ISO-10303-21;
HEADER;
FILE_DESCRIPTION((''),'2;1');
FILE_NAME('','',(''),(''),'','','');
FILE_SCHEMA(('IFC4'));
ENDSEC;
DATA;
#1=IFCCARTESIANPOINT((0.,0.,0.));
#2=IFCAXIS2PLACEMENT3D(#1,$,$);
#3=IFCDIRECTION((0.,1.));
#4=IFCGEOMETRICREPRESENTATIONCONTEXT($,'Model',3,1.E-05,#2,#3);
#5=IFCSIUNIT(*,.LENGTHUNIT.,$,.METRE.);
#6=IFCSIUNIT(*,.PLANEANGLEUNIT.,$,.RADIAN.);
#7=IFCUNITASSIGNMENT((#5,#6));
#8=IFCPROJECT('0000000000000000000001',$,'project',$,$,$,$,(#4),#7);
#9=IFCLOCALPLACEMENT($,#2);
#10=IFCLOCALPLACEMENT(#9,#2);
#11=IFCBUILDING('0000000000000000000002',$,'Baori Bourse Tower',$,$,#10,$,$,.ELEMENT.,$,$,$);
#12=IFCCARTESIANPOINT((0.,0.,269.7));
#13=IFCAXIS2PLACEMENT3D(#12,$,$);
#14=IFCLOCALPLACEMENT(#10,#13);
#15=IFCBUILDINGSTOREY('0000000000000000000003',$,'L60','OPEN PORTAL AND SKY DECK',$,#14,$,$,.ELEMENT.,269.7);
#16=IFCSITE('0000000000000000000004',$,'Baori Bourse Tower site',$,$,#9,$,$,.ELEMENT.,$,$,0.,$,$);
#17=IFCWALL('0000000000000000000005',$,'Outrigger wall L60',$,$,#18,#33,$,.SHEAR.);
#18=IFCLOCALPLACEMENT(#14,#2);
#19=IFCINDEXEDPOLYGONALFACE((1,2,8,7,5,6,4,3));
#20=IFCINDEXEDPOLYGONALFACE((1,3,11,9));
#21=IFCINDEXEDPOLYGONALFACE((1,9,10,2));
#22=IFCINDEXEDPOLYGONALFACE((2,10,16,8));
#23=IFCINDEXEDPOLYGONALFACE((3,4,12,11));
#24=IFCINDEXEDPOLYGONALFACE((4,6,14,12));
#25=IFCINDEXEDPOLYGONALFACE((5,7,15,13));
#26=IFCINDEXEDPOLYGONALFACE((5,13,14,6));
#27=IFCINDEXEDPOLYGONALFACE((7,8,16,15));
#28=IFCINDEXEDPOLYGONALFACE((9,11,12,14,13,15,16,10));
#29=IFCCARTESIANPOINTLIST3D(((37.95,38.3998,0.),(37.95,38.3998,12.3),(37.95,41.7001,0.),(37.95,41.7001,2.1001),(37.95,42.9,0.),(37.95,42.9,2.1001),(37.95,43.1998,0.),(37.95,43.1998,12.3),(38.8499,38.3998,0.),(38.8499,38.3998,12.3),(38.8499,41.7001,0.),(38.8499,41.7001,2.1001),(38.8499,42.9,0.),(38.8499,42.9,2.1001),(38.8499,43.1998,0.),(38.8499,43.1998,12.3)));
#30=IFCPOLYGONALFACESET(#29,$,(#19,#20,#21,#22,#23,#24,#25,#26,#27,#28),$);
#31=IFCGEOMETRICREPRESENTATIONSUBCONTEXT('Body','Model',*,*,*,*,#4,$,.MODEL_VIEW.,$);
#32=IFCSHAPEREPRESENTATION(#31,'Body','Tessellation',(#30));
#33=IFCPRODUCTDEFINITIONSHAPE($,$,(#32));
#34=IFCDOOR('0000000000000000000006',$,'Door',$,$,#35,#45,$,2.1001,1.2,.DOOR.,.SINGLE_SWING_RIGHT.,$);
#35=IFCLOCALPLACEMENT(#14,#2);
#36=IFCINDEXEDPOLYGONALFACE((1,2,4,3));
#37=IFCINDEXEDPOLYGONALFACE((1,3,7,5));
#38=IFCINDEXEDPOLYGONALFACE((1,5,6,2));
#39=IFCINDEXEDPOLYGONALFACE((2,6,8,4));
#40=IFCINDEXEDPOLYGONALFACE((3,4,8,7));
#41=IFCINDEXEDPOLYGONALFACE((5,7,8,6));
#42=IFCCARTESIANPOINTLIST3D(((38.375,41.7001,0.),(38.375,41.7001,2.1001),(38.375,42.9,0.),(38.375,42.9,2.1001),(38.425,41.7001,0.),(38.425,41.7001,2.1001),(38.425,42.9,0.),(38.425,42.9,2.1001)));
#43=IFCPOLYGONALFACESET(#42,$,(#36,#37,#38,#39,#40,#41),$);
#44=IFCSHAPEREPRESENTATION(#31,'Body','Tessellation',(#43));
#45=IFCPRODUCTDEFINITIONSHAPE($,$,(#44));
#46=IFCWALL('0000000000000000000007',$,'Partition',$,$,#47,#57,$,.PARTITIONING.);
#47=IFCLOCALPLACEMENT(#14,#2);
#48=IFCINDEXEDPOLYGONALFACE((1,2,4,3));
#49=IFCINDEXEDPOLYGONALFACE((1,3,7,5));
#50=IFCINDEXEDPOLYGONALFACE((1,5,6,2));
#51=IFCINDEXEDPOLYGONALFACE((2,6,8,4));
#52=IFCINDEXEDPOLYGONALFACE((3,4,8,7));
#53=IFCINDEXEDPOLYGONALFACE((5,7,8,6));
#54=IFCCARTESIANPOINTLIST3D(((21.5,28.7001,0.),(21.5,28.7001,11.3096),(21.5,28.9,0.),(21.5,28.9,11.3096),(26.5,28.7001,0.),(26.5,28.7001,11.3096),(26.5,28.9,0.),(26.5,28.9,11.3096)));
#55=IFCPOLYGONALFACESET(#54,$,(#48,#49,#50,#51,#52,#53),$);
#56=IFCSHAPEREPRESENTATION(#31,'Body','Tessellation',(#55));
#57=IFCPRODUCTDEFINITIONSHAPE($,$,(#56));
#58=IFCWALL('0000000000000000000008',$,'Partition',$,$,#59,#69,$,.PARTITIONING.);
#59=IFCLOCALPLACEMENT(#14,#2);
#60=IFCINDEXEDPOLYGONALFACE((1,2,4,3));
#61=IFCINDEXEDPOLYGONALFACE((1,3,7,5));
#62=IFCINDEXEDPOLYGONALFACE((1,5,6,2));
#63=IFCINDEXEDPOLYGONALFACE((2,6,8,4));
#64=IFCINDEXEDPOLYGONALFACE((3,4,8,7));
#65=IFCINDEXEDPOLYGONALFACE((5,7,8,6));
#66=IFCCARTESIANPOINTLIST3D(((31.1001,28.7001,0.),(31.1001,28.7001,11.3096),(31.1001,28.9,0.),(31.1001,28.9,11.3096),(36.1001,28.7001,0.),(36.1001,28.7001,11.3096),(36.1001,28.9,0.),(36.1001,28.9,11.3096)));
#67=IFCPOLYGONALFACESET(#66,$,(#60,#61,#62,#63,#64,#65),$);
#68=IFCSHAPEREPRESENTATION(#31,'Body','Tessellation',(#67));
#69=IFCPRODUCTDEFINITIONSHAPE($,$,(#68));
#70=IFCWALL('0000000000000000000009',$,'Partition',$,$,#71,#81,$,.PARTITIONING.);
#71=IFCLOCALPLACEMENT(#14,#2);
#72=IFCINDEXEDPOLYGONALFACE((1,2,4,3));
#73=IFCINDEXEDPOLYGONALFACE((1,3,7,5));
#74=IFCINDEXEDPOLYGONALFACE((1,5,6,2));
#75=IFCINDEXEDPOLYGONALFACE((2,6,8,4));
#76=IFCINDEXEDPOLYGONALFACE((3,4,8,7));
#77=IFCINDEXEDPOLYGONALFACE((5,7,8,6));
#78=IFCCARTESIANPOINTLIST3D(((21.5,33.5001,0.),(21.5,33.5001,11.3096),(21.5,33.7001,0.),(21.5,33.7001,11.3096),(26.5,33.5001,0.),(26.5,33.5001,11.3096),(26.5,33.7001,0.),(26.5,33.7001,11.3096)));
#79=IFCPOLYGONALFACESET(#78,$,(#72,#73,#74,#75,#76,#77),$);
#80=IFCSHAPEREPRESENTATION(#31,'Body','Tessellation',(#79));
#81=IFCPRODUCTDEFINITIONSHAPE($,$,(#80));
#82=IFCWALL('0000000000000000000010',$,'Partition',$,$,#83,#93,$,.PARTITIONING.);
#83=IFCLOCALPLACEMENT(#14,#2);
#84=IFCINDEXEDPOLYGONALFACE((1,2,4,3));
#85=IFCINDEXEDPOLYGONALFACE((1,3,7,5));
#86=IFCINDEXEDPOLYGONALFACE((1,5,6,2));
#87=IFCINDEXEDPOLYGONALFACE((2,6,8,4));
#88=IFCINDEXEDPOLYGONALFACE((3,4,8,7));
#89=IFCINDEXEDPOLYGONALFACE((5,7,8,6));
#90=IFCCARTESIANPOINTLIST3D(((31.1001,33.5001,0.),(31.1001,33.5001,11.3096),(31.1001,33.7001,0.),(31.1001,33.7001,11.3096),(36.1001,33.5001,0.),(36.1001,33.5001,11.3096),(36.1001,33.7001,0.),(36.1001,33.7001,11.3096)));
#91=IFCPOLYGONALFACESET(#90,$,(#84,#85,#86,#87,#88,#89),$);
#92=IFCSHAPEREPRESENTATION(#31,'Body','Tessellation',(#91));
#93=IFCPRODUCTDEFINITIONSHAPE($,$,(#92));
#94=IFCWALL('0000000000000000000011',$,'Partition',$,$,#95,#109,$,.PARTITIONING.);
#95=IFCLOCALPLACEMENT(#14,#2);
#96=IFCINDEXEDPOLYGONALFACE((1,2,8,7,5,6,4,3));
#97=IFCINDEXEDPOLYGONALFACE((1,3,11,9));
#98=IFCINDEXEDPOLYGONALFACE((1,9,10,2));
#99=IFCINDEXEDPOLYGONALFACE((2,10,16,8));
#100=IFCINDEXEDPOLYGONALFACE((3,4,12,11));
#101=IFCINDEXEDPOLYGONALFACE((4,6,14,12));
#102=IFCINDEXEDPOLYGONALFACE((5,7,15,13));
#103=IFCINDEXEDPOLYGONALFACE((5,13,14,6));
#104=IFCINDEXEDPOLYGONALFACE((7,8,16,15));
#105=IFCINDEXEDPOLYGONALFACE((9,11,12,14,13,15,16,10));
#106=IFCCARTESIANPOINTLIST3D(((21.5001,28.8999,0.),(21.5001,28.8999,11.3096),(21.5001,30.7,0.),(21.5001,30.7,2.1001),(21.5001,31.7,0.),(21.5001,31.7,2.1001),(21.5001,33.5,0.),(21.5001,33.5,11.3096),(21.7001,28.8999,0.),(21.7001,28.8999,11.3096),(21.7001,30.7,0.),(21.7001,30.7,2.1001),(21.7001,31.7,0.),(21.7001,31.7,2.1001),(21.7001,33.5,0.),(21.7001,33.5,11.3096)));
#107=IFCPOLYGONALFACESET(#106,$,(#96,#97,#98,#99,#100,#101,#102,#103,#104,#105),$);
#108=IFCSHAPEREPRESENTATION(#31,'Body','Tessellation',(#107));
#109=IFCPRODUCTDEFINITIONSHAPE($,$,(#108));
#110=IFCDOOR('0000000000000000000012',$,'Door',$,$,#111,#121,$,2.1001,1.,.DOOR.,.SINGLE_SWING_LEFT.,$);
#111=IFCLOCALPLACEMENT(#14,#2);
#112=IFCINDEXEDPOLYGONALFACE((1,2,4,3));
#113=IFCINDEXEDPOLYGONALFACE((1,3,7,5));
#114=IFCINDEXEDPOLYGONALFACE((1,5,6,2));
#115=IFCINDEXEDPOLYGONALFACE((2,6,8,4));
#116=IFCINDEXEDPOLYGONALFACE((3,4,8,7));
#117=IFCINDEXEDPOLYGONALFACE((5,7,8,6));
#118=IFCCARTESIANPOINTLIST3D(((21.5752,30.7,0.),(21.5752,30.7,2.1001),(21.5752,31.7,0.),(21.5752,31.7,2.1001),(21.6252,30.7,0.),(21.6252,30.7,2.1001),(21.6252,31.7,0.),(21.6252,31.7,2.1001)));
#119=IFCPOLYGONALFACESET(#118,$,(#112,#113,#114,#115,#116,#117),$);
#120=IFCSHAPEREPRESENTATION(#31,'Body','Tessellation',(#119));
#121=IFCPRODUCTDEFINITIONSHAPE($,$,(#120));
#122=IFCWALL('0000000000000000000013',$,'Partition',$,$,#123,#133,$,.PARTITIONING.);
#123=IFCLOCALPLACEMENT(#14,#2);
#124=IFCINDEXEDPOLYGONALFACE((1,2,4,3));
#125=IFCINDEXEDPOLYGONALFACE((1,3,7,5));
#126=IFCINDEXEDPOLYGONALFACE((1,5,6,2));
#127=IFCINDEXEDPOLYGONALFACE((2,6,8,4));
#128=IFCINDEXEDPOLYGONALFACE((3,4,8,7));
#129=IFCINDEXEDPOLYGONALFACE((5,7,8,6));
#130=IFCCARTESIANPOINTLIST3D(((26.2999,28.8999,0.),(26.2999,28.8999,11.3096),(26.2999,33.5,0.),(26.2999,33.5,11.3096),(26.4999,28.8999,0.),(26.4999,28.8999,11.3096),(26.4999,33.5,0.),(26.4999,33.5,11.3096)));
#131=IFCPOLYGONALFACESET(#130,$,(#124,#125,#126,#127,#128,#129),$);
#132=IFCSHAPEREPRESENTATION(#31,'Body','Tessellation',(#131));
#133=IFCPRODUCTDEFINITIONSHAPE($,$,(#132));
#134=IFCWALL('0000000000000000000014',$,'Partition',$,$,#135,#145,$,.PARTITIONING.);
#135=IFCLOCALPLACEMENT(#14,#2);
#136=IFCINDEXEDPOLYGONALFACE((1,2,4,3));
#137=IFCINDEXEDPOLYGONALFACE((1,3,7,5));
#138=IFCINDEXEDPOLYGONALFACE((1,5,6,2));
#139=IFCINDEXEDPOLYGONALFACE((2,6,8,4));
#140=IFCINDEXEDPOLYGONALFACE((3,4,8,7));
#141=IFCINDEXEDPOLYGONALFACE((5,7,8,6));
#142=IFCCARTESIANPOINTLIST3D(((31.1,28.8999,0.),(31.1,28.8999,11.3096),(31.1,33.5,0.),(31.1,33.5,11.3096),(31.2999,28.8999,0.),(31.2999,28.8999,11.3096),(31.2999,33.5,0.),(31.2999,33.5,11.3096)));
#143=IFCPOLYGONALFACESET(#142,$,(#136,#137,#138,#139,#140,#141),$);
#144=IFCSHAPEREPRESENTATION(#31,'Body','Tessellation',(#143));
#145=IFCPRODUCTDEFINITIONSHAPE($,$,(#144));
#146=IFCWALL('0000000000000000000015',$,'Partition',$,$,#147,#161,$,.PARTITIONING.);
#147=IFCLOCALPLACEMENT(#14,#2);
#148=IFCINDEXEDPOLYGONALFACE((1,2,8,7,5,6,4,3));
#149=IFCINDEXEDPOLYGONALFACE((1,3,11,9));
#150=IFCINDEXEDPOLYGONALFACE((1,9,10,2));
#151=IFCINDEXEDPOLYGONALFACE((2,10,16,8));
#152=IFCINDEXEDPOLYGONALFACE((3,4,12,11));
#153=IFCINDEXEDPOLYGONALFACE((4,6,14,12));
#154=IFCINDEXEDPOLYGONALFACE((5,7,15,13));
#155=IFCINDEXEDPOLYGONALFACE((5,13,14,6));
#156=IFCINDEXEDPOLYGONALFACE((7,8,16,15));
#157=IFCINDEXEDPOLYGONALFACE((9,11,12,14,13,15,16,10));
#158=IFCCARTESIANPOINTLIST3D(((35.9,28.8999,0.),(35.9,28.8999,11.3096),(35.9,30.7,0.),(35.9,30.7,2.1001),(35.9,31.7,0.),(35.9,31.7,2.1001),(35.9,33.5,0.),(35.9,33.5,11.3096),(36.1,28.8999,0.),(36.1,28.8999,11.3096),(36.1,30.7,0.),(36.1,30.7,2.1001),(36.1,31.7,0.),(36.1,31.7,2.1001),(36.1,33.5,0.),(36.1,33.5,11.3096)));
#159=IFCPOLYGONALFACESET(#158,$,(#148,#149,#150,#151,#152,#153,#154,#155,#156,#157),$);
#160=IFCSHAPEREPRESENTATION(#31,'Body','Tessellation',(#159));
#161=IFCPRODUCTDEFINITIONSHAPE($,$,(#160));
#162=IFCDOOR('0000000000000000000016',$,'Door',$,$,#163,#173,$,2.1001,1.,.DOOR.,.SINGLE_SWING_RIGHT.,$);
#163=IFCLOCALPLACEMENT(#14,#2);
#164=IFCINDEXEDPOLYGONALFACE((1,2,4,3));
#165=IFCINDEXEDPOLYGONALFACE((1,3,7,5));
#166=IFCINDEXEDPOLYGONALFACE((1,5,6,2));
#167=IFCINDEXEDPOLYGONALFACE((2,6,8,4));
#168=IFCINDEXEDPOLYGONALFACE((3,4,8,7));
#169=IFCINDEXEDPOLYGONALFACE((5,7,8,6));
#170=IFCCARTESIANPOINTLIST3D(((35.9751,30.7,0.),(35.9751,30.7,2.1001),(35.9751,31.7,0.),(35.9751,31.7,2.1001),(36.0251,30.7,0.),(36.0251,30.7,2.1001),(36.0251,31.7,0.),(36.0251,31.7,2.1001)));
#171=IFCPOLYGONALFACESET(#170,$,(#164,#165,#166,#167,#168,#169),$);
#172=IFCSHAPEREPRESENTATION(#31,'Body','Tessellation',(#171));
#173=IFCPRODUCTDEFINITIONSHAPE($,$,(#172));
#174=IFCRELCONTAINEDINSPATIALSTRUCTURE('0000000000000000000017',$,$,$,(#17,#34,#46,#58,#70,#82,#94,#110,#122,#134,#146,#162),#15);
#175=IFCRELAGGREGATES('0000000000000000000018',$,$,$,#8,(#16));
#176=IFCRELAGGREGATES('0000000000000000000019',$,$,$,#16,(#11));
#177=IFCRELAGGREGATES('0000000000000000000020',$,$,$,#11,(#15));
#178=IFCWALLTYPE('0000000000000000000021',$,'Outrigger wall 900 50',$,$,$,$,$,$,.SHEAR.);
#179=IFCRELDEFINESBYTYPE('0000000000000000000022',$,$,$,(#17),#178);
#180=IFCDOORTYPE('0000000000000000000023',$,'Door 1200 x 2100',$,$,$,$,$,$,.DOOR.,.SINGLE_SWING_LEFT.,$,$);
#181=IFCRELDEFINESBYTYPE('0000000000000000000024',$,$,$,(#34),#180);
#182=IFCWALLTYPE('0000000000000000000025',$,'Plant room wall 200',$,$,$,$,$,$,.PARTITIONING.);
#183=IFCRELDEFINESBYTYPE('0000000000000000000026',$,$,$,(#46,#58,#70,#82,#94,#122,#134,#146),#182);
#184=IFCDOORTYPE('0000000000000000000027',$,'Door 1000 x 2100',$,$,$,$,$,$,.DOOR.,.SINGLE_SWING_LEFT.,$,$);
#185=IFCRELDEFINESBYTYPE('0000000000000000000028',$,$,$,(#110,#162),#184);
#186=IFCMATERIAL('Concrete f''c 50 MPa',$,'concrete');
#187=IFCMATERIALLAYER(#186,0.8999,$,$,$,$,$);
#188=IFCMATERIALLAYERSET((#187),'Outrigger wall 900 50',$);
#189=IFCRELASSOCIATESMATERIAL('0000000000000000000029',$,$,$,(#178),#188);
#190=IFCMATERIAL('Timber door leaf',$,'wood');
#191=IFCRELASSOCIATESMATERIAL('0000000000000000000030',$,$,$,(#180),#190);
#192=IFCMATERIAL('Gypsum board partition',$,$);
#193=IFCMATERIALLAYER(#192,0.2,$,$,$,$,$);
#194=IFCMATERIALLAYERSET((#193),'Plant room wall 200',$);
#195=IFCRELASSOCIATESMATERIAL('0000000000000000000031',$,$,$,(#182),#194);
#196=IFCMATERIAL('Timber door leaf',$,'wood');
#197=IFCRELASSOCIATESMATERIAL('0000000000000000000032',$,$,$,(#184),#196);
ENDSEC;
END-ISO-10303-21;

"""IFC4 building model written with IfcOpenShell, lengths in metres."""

from ifc_helpers import new_model, si_unit, direction, frame, frame_2d, origin, place, context, subcontext, project, spatial, rectangle, extrude, material, layer, layer_set, type_object, element, fill, save


model = new_model("IFC4")

# Units and contexts
model_context = context("Model", 3, precision=1e-05, world=origin(), true_north=direction((0.0, 1.0)))
body_context = subcontext(model_context, "Body", "Model", "MODEL_VIEW")
ifc_project = project(units=[si_unit("LENGTHUNIT", "METRE"), si_unit("PLANEANGLEUNIT", "RADIAN")], contexts=[model_context])

# Site, building, storey
site_placement = place(None, origin())
site = spatial("IfcSite", under=ifc_project, at=site_placement, Name="Baori Bourse Tower site", CompositionType="ELEMENT", RefElevation=0.0)
building_placement = place(site_placement, origin())
building = spatial("IfcBuilding", under=site, at=building_placement, Name="Baori Bourse Tower", CompositionType="ELEMENT")
storey_placement = place(building_placement, frame((0.0, 0.0, 269.7)))
storey = spatial("IfcBuildingStorey", under=building, at=storey_placement, Name="L60", Description="OPEN PORTAL AND SKY DECK", CompositionType="ELEMENT", Elevation=269.7)

# Wall, opening, door
ifc_material_1 = material(Name="Concrete f'c 50 MPa", Category="concrete")
ifc_layer_1 = layer(ifc_material_1, 0.8999)
ifc_layer_set_1 = layer_set([ifc_layer_1], Name="Outrigger wall 900 50")
wall_type_1 = type_object("IfcWallType", Name="Outrigger wall 900 50", PredefinedType="SHEAR", material=ifc_layer_set_1)
ifc_material_2 = material(Name="Timber door leaf", Category="wood")
door_type_1 = type_object("IfcDoorType", Name="Door 1200 x 2100", OperationType="SINGLE_SWING_LEFT", PredefinedType="DOOR", material=ifc_material_2)
wall_1_placement = place(storey_placement, frame((38.3999, 38.3999, 0.0), z_axis=(0.0, 0.0, 1.0), x_axis=(0.0, 1.0, 0.0)))
wall_1 = element("IfcWall", 1, at=wall_1_placement, inside=storey, type_object=wall_type_1, Name="Outrigger wall L60", PredefinedType="SHEAR", context=body_context, shape_type="SweptSolid", body=[
    extrude(rectangle(XDim=4.8, YDim=0.8999, at=frame_2d((2.3999, 0.0))), origin(), (0.0, 0.0, 1.0), 12.3),
])
opening_1_placement = place(wall_1_placement, frame((3.3, 0.0, 0.0)))
opening_1 = element("IfcOpeningElement", 2, at=opening_1_placement, cuts=wall_1, PredefinedType="OPENING", context=body_context, shape_type="SweptSolid", body=[
    extrude(rectangle(XDim=1.2, YDim=2.1001, at=frame_2d((0.6001, 1.05))), frame((0.0, 0.46, 0.0), z_axis=(0.0, -1.0, 0.0), x_axis=(1.0, 0.0, 0.0)), (0.0, 0.0, 1.0), 0.9199),
])
door_1_placement = place(opening_1_placement, origin())
door_1 = element("IfcDoor", 3, at=door_1_placement, inside=storey, type_object=door_type_1, Name="Door", OperationType="SINGLE_SWING_RIGHT", OverallHeight=2.1001, OverallWidth=1.2, PredefinedType="DOOR", context=body_context, shape_type="SweptSolid", body=[
    extrude(rectangle(XDim=1.2, YDim=2.1001, at=frame_2d((0.6001, 1.05))), frame((0.0, 0.0249, 0.0), z_axis=(0.0, -1.0, 0.0), x_axis=(1.0, 0.0, 0.0)), (0.0, 0.0, 1.0), 0.05),
])
fill(opening_1, door_1)

# Walls
ifc_material_3 = material(Name="Gypsum board partition")
ifc_layer_2 = layer(ifc_material_3, 0.2)
ifc_layer_set_2 = layer_set([ifc_layer_2], Name="Plant room wall 200")
wall_type_2 = type_object("IfcWallType", Name="Plant room wall 200", PredefinedType="PARTITIONING", material=ifc_layer_set_2)
for number, where, z_axis, x_axis, name in (
    (4, (21.5, 28.8, 0.0), (0.0, 0.0, 1.0), (1.0, 0.0, 0.0), "Partition"),
    (5, (31.1001, 28.8, 0.0), (0.0, 0.0, 1.0), (1.0, 0.0, 0.0), "Partition"),
    (6, (21.5, 33.6001, 0.0), (0.0, 0.0, 1.0), (1.0, 0.0, 0.0), "Partition"),
    (7, (31.1001, 33.6001, 0.0), (0.0, 0.0, 1.0), (1.0, 0.0, 0.0), "Partition"),
):
    element("IfcWall", number, at=place(storey_placement, frame(where, z_axis=z_axis, x_axis=x_axis)), inside=storey, type_object=wall_type_2, Name=name, PredefinedType="PARTITIONING", context=body_context, shape_type="SweptSolid", body=[
        extrude(rectangle(XDim=5.0, YDim=0.2, at=frame_2d((2.5, 0.0))), origin(), (0.0, 0.0, 1.0), 11.3096),
    ])

# Wall, opening, door
wall_2_placement = place(storey_placement, frame((21.6001, 28.8999, 0.0), z_axis=(0.0, 0.0, 1.0), x_axis=(0.0, 1.0, 0.0)))
wall_2 = element("IfcWall", 8, at=wall_2_placement, inside=storey, type_object=wall_type_2, Name="Partition", PredefinedType="PARTITIONING", context=body_context, shape_type="SweptSolid", body=[
    extrude(rectangle(XDim=4.6001, YDim=0.2, at=frame_2d((2.3, 0.0))), origin(), (0.0, 0.0, 1.0), 11.3096),
])
opening_2_placement = place(wall_2_placement, frame((1.8, 0.0, 0.0)))
opening_2 = element("IfcOpeningElement", 9, at=opening_2_placement, cuts=wall_2, PredefinedType="OPENING", context=body_context, shape_type="SweptSolid", body=[
    extrude(rectangle(XDim=1.0, YDim=2.1001, at=frame_2d((0.5, 1.05))), frame((0.0, 0.1099, 0.0), z_axis=(0.0, -1.0, 0.0), x_axis=(1.0, 0.0, 0.0)), (0.0, 0.0, 1.0), 0.22),
])
ifc_material_4 = material(Name="Timber door leaf", Category="wood")
door_type_2 = type_object("IfcDoorType", Name="Door 1000 x 2100", OperationType="SINGLE_SWING_LEFT", PredefinedType="DOOR", material=ifc_material_4)
door_2_placement = place(opening_2_placement, origin())
door_2 = element("IfcDoor", 10, at=door_2_placement, inside=storey, type_object=door_type_2, Name="Door", OperationType="SINGLE_SWING_LEFT", OverallHeight=2.1001, OverallWidth=1.0, PredefinedType="DOOR", context=body_context, shape_type="SweptSolid", body=[
    extrude(rectangle(XDim=1.0, YDim=2.1001, at=frame_2d((0.5, 1.05))), frame((0.0, 0.0249, 0.0), z_axis=(0.0, -1.0, 0.0), x_axis=(1.0, 0.0, 0.0)), (0.0, 0.0, 1.0), 0.05),
])
fill(opening_2, door_2)

# Walls
for number, where, z_axis, x_axis, name in (
    (11, (26.3999, 28.8999, 0.0), (0.0, 0.0, 1.0), (0.0, 1.0, 0.0), "Partition"),
    (12, (31.2, 28.8999, 0.0), (0.0, 0.0, 1.0), (0.0, 1.0, 0.0), "Partition"),
):
    element("IfcWall", number, at=place(storey_placement, frame(where, z_axis=z_axis, x_axis=x_axis)), inside=storey, type_object=wall_type_2, Name=name, PredefinedType="PARTITIONING", context=body_context, shape_type="SweptSolid", body=[
        extrude(rectangle(XDim=4.6001, YDim=0.2, at=frame_2d((2.3, 0.0))), origin(), (0.0, 0.0, 1.0), 11.3096),
    ])

# Wall, opening, door
wall_3_placement = place(storey_placement, frame((36.0, 28.8999, 0.0), z_axis=(0.0, 0.0, 1.0), x_axis=(0.0, 1.0, 0.0)))
wall_3 = element("IfcWall", 13, at=wall_3_placement, inside=storey, type_object=wall_type_2, Name="Partition", PredefinedType="PARTITIONING", context=body_context, shape_type="SweptSolid", body=[
    extrude(rectangle(XDim=4.6001, YDim=0.2, at=frame_2d((2.3, 0.0))), origin(), (0.0, 0.0, 1.0), 11.3096),
])
opening_3_placement = place(wall_3_placement, frame((1.8, 0.0, 0.0)))
opening_3 = element("IfcOpeningElement", 14, at=opening_3_placement, cuts=wall_3, PredefinedType="OPENING", context=body_context, shape_type="SweptSolid", body=[
    extrude(rectangle(XDim=1.0, YDim=2.1001, at=frame_2d((0.5, 1.05))), frame((0.0, 0.1099, 0.0), z_axis=(0.0, -1.0, 0.0), x_axis=(1.0, 0.0, 0.0)), (0.0, 0.0, 1.0), 0.22),
])
door_3_placement = place(opening_3_placement, origin())
door_3 = element("IfcDoor", 15, at=door_3_placement, inside=storey, type_object=door_type_2, Name="Door", OperationType="SINGLE_SWING_RIGHT", OverallHeight=2.1001, OverallWidth=1.0, PredefinedType="DOOR", context=body_context, shape_type="SweptSolid", body=[
    extrude(rectangle(XDim=1.0, YDim=2.1001, at=frame_2d((0.5, 1.05))), frame((0.0, 0.0249, 0.0), z_axis=(0.0, -1.0, 0.0), x_axis=(1.0, 0.0, 0.0)), (0.0, 0.0, 1.0), 0.05),
])
fill(opening_3, door_3)

save(model, "model.ifc")
